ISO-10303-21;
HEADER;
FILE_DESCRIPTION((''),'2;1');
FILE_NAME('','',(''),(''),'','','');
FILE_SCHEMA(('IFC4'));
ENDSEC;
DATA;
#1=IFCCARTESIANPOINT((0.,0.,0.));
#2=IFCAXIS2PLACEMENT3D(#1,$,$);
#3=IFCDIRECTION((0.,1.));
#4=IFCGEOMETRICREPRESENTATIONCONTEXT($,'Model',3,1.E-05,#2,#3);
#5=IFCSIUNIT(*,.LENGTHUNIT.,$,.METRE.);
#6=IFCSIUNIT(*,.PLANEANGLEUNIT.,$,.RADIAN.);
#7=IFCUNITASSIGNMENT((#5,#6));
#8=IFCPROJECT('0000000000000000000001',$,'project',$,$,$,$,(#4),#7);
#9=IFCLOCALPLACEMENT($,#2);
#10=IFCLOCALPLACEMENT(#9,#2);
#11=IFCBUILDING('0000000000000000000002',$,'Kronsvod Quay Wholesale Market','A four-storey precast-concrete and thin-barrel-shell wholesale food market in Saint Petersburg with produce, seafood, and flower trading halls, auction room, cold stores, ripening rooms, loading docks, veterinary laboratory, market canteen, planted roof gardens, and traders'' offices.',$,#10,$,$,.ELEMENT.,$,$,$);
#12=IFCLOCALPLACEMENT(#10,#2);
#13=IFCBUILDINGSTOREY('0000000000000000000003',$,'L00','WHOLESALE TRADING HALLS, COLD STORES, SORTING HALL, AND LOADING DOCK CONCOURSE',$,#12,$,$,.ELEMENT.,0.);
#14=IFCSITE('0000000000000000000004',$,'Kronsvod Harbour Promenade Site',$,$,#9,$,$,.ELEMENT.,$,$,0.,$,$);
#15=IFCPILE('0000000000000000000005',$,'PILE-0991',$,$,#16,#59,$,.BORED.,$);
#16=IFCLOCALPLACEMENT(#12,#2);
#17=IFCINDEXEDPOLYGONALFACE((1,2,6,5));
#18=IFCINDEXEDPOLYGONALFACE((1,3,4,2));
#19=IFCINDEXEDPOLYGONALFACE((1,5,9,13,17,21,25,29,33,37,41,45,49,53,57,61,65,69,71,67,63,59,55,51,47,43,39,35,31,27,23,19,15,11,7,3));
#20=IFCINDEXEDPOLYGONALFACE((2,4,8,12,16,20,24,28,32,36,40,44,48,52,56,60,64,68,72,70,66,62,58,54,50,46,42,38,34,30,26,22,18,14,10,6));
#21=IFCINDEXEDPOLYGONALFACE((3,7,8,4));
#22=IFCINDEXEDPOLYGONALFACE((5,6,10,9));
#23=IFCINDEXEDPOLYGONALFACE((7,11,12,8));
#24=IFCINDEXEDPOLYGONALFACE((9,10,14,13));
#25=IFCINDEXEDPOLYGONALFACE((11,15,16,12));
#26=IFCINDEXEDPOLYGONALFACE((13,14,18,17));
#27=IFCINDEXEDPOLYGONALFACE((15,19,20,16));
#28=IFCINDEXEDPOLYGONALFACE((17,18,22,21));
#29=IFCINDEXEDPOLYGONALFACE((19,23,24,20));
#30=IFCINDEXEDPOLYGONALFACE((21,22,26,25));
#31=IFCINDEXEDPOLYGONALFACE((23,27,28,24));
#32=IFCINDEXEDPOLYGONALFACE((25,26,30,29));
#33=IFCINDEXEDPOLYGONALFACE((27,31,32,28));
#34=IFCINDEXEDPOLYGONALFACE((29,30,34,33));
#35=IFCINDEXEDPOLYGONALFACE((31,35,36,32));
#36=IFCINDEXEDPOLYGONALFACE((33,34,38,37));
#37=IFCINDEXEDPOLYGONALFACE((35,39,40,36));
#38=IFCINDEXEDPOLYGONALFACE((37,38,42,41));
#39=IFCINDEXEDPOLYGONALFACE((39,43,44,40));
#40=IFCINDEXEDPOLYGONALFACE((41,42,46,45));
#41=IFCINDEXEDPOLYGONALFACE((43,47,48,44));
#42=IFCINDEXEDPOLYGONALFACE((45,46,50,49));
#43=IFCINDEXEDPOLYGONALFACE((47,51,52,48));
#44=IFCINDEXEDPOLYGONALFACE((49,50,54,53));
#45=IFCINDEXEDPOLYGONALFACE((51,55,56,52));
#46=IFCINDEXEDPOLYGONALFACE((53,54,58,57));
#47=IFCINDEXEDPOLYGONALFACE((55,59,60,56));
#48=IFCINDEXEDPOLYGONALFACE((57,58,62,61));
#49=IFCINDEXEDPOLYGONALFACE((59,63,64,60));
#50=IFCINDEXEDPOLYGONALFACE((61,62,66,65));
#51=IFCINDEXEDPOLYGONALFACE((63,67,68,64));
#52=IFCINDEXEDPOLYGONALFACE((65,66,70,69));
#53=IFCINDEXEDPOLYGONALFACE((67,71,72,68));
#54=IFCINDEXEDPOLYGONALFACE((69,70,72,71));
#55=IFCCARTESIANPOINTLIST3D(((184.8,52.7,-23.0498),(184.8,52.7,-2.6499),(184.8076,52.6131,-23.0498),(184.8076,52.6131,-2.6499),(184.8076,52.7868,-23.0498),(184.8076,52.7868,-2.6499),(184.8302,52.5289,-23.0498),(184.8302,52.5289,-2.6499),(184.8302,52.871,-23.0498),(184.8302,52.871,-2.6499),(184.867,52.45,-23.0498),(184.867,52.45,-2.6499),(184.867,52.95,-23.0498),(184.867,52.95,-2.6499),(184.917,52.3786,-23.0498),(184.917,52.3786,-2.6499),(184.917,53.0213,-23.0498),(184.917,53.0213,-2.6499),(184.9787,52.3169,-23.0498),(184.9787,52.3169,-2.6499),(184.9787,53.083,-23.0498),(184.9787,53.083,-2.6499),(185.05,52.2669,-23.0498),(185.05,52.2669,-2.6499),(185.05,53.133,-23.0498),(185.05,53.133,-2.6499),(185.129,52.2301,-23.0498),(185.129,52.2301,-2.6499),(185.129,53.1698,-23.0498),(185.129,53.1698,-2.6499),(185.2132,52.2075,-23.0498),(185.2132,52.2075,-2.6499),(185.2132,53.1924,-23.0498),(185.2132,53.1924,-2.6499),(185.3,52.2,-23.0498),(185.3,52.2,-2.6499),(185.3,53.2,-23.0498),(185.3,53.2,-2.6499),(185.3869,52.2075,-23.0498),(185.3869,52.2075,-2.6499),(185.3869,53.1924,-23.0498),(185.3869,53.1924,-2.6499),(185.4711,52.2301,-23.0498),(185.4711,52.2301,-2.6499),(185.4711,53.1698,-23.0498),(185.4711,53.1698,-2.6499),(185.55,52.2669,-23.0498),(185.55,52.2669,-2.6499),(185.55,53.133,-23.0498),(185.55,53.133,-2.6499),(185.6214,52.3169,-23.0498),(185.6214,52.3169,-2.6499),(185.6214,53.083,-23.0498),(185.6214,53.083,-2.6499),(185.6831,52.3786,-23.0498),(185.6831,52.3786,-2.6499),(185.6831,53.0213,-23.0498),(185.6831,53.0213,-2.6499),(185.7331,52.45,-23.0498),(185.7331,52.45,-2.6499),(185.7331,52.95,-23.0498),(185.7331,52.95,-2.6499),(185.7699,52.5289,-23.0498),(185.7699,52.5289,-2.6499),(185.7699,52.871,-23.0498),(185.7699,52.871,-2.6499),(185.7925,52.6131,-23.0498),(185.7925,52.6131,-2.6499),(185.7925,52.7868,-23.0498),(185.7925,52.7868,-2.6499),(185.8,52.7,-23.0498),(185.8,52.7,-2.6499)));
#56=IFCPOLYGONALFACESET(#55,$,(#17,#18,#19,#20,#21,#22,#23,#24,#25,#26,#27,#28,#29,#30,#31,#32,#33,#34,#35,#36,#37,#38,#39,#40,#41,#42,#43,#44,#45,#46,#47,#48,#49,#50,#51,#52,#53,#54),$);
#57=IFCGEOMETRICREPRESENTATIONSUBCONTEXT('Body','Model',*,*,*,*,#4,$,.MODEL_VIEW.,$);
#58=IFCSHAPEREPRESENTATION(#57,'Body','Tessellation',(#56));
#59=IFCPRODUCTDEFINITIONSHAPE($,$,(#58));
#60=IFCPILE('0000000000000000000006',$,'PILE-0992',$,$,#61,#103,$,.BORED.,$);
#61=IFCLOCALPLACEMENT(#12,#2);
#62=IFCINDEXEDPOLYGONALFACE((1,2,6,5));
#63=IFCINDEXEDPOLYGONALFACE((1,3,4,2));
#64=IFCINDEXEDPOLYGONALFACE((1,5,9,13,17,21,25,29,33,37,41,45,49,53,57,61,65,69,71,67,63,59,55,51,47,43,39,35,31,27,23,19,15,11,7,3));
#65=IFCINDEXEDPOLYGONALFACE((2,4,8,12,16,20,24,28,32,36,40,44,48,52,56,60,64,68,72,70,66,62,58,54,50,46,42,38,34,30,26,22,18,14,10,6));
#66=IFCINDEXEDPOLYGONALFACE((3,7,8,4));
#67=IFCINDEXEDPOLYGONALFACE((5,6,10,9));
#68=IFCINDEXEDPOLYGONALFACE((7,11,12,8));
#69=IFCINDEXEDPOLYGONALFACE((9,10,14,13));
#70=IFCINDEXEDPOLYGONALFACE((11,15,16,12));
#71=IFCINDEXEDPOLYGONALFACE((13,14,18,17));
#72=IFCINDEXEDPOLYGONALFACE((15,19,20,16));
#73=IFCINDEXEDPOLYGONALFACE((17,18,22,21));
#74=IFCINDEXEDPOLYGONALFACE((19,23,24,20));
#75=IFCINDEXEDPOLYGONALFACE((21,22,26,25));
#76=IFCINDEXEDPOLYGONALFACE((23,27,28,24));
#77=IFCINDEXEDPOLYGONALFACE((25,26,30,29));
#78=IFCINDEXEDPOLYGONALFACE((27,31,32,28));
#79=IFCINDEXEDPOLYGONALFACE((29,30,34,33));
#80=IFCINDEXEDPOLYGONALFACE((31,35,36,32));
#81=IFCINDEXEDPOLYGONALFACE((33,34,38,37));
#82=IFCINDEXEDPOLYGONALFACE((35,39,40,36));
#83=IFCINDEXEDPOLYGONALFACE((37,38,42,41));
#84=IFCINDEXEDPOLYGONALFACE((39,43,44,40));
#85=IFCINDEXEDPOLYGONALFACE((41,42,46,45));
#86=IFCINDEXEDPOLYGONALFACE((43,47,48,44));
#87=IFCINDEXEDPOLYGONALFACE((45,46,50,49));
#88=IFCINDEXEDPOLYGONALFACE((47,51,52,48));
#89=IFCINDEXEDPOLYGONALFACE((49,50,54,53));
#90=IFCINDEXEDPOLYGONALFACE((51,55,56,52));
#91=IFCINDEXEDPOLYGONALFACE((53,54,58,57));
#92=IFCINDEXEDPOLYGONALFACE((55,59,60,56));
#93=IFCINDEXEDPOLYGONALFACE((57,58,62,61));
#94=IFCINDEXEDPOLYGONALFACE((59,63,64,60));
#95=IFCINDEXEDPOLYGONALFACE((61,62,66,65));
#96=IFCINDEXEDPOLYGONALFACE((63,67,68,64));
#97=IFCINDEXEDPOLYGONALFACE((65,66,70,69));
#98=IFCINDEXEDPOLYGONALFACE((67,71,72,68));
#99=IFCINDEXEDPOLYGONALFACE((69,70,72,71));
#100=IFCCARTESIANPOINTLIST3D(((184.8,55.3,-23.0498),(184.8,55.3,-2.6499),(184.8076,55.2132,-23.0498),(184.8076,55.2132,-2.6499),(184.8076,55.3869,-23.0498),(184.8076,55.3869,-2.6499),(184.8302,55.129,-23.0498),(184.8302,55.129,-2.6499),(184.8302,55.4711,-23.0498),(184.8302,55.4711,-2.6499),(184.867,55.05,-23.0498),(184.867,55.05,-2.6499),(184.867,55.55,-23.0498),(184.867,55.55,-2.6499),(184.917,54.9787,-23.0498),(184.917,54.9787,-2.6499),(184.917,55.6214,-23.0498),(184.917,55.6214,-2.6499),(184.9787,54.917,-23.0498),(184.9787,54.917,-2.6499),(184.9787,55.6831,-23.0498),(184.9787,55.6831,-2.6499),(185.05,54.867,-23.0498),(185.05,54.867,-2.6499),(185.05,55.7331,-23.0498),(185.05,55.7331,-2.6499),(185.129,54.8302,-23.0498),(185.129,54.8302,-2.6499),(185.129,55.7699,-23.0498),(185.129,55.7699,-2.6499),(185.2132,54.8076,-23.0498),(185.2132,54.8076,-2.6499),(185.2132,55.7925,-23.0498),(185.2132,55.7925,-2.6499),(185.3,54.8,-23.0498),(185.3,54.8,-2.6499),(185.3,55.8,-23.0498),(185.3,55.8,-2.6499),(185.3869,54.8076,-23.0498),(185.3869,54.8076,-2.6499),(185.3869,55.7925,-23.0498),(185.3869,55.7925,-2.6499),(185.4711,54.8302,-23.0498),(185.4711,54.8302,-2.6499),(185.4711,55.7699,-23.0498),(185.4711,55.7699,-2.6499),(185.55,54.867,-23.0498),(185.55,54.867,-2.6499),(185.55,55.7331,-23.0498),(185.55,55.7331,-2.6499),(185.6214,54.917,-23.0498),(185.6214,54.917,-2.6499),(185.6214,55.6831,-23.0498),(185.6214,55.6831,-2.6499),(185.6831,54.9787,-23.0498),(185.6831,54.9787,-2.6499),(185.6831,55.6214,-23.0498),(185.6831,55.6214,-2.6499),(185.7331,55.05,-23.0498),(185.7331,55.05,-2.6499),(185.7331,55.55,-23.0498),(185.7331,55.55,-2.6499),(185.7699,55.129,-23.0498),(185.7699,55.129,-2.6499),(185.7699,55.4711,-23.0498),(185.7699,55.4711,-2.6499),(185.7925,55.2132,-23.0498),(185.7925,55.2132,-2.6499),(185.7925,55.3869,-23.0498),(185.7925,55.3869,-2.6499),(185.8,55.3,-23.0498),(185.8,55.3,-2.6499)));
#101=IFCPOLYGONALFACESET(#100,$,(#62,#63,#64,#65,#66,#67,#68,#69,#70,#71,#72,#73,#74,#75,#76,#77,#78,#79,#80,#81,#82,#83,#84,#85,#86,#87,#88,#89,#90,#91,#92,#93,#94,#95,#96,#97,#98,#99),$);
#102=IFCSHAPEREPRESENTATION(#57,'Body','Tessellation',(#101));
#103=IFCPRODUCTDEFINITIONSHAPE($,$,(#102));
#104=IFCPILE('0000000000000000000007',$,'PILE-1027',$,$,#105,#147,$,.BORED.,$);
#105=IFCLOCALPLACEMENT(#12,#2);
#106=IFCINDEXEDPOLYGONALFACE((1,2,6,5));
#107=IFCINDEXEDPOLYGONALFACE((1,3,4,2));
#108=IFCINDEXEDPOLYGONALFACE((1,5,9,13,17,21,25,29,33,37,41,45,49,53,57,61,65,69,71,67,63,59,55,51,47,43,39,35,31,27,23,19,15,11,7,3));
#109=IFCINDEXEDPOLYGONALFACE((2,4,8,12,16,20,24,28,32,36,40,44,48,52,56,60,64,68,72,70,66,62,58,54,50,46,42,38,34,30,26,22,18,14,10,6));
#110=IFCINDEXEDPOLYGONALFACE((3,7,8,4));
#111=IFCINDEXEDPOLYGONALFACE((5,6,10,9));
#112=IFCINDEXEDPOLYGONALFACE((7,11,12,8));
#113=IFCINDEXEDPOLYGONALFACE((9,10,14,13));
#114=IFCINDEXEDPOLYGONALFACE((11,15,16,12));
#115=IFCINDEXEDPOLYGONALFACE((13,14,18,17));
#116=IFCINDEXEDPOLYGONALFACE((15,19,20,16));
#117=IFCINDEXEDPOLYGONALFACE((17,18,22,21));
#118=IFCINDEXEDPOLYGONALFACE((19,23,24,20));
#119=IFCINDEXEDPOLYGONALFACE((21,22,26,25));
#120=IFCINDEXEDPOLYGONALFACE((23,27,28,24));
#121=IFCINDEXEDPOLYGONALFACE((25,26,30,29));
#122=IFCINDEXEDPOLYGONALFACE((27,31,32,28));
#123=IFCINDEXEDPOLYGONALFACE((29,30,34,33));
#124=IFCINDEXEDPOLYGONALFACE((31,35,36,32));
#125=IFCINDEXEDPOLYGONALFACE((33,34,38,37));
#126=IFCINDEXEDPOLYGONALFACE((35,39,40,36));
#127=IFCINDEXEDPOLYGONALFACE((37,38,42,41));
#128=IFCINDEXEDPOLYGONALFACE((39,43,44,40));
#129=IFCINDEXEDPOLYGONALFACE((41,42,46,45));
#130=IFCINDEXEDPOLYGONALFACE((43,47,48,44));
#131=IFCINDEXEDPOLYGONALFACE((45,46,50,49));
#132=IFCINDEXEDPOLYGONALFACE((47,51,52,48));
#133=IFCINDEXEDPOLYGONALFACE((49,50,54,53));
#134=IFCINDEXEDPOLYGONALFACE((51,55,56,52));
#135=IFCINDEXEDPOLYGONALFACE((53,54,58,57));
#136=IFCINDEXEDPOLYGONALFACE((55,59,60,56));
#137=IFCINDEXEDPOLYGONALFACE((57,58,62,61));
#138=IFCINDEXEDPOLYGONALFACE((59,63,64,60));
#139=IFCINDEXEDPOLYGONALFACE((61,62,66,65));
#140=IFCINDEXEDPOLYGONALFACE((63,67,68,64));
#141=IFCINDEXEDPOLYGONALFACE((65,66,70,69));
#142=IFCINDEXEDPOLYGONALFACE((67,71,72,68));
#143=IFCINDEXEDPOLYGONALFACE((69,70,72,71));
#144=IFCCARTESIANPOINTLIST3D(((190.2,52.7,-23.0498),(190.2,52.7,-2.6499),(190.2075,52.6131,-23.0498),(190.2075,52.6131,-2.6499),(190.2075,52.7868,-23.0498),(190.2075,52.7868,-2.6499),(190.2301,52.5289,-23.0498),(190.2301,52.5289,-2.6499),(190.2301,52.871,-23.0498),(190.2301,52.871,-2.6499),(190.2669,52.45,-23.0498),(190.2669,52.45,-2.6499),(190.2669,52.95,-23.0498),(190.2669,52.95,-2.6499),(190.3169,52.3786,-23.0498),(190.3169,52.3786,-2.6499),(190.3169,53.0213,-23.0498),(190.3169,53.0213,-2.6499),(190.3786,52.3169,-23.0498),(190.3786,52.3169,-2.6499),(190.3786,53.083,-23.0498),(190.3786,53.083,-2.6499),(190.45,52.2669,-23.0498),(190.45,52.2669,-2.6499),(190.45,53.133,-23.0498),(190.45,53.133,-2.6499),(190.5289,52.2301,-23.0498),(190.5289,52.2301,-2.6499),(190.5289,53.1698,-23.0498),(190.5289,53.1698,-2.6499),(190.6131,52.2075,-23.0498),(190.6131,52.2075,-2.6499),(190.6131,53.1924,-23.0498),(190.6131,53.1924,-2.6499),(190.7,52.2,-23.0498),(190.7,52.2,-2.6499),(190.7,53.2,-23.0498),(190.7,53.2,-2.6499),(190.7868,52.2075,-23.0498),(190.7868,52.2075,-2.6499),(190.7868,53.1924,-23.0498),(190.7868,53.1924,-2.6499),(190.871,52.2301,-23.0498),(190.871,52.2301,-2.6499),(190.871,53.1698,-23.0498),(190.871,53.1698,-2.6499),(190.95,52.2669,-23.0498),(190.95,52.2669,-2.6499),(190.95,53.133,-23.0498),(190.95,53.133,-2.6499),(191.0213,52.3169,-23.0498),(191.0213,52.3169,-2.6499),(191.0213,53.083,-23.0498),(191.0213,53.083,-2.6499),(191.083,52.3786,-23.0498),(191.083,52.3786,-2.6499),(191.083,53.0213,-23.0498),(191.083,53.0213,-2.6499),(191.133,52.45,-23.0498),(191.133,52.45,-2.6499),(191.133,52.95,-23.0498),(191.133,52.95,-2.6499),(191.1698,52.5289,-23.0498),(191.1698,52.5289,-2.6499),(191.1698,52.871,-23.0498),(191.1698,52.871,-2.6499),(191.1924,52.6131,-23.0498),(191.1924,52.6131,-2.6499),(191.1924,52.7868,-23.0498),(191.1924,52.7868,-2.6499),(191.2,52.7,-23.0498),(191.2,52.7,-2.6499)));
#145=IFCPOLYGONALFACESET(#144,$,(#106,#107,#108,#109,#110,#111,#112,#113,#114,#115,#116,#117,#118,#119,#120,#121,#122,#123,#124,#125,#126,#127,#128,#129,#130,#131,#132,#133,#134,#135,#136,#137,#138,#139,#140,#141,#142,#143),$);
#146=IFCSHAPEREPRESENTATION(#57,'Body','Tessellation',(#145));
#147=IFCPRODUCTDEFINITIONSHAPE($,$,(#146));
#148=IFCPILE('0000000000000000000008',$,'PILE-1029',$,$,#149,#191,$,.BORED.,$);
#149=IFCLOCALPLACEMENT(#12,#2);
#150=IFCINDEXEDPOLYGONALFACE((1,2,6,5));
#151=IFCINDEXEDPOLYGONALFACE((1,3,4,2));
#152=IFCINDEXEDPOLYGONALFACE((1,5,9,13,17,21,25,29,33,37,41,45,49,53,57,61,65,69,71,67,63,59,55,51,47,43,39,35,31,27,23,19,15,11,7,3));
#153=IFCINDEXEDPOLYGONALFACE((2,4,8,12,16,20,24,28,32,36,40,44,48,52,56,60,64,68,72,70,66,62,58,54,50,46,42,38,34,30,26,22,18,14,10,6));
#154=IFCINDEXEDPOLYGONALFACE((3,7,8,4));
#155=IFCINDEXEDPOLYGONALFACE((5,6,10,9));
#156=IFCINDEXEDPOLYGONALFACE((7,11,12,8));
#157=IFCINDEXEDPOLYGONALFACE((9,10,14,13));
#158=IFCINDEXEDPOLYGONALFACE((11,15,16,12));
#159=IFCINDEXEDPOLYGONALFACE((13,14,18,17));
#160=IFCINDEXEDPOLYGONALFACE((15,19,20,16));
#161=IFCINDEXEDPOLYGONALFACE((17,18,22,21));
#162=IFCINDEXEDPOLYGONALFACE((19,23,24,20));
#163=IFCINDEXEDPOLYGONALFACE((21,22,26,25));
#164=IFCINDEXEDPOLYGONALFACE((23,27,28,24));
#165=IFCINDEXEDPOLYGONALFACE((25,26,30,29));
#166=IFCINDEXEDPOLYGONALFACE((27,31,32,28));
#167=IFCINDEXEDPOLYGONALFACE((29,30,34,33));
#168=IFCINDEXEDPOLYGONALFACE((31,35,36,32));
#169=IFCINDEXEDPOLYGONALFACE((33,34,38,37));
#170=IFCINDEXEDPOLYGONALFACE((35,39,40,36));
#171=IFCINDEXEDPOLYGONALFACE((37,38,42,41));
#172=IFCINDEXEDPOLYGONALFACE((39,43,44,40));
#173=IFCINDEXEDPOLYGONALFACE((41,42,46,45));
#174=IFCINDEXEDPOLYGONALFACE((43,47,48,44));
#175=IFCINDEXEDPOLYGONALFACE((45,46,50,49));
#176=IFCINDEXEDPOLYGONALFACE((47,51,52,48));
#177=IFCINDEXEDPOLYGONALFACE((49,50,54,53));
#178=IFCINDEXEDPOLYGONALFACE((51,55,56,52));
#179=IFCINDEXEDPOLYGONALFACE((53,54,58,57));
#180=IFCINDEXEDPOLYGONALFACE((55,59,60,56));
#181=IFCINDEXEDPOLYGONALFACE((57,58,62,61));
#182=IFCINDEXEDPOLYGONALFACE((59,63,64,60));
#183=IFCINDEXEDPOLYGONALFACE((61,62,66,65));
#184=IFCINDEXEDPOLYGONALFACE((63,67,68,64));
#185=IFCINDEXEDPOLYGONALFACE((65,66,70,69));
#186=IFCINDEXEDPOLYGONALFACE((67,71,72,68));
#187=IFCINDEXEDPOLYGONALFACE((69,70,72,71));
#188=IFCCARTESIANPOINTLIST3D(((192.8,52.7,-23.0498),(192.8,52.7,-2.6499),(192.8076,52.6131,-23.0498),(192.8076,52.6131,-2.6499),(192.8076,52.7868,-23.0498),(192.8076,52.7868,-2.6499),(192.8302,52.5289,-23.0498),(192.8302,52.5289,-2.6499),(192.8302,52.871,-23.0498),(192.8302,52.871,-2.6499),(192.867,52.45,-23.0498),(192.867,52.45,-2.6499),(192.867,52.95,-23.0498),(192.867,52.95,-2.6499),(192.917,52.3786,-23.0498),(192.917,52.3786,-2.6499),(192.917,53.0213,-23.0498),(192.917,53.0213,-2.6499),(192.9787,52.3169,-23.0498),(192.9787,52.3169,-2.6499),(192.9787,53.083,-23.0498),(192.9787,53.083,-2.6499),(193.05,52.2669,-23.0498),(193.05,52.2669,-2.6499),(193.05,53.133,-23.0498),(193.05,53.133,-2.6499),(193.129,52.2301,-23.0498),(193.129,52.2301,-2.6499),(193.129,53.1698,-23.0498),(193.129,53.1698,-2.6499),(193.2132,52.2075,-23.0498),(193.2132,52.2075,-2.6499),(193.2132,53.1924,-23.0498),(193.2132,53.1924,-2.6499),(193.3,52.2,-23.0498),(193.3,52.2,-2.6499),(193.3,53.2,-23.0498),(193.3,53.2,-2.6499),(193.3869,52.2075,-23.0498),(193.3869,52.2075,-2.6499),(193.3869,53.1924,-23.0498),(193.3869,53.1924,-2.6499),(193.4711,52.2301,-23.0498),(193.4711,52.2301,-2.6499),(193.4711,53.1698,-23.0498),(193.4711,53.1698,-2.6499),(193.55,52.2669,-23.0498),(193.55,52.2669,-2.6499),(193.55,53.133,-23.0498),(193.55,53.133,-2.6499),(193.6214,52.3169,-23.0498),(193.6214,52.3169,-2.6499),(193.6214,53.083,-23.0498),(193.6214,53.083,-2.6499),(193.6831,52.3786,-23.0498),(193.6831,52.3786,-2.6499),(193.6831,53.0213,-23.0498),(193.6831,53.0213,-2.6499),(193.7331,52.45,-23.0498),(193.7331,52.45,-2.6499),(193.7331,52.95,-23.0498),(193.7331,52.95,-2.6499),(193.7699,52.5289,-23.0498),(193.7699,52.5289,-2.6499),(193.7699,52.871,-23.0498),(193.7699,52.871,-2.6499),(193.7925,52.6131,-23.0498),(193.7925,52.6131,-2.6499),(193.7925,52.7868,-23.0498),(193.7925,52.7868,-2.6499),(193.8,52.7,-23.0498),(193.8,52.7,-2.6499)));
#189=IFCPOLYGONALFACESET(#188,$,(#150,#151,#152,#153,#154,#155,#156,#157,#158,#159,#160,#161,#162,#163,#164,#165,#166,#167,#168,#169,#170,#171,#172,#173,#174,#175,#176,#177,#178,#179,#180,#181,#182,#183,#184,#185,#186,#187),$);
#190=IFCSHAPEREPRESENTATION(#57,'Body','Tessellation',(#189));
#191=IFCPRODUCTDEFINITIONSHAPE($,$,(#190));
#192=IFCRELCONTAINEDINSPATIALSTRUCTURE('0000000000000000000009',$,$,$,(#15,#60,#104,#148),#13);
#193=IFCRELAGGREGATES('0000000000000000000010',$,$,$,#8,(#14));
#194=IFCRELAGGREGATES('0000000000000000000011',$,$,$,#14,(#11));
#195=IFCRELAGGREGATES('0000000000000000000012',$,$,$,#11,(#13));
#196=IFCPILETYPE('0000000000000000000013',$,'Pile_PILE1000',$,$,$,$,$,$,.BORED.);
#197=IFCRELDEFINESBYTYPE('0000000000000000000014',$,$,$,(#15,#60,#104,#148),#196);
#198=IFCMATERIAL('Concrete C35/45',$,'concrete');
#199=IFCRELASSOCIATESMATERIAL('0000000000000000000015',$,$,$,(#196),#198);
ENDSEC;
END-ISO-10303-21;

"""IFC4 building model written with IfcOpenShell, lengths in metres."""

from ifc_helpers import new_model, si_unit, direction, frame, origin, origin_2d, place, context, subcontext, project, spatial, circle, extrude, material, material_profile, profile_set, type_object, element, save


model = new_model("IFC4")

# Units and contexts
model_context = context("Model", 3, precision=1e-05, world=origin(), true_north=direction((0.0, 1.0)))
body_context = subcontext(model_context, "Body", "Model", "MODEL_VIEW")
ifc_project = project(units=[si_unit("LENGTHUNIT", "METRE"), si_unit("PLANEANGLEUNIT", "RADIAN")], contexts=[model_context])

# Site, building, storey
site_placement = place(None, origin())
site = spatial("IfcSite", under=ifc_project, at=site_placement, Name="Kronsvod Harbour Promenade Site", CompositionType="ELEMENT", RefElevation=0.0)
building_placement = place(site_placement, origin())
building = spatial("IfcBuilding", under=site, at=building_placement, Name="Kronsvod Quay Wholesale Market", Description="A four-storey precast-concrete and thin-barrel-shell wholesale food market in Saint Petersburg with produce, seafood, and flower trading halls, auction room, cold stores, ripening rooms, loading docks, veterinary laboratory, market canteen, planted roof gardens, and traders' offices.", CompositionType="ELEMENT")
storey_placement = place(building_placement, origin())
storey = spatial("IfcBuildingStorey", under=building, at=storey_placement, Name="L00", Description="WHOLESALE TRADING HALLS, COLD STORES, SORTING HALL, AND LOADING DOCK CONCOURSE", CompositionType="ELEMENT", Elevation=0.0)

# Piles
ifc_material_1 = material(Name="Concrete C35/45", Category="concrete")
ifc_material_profile_1 = material_profile(ifc_material_1, circle(Radius=0.5, at=origin_2d()), Name="PILE1000")
ifc_profile_set_1 = profile_set([ifc_material_profile_1], Name="Concrete C35/45")
pile_type_1 = type_object("IfcPileType", Name="Pile_PILE1000", PredefinedType="BORED", material=ifc_profile_set_1)
for number, where, z_axis, x_axis, name in (
    (1, (185.3, 52.7, -2.6499), (0.0, 0.0, -1.0), (1.0, 0.0, 0.0), "PILE-0991"),
    (2, (185.3, 55.3, -2.6499), (0.0, 0.0, -1.0), (1.0, 0.0, 0.0), "PILE-0992"),
    (3, (190.7, 52.7, -2.6499), (0.0, 0.0, -1.0), (1.0, 0.0, 0.0), "PILE-1027"),
    (4, (193.3, 52.7, -2.6499), (0.0, 0.0, -1.0), (1.0, 0.0, 0.0), "PILE-1029"),
):
    element("IfcPile", number, at=place(storey_placement, frame(where, z_axis=z_axis, x_axis=x_axis)), inside=storey, type_object=pile_type_1, Name=name, PredefinedType="BORED", context=body_context, shape_type="SweptSolid", body=[
        extrude(circle(Radius=0.5, at=origin_2d()), origin(), (0.0, 0.0, 1.0), 20.3999),
    ])

save(model, "model.ifc")
